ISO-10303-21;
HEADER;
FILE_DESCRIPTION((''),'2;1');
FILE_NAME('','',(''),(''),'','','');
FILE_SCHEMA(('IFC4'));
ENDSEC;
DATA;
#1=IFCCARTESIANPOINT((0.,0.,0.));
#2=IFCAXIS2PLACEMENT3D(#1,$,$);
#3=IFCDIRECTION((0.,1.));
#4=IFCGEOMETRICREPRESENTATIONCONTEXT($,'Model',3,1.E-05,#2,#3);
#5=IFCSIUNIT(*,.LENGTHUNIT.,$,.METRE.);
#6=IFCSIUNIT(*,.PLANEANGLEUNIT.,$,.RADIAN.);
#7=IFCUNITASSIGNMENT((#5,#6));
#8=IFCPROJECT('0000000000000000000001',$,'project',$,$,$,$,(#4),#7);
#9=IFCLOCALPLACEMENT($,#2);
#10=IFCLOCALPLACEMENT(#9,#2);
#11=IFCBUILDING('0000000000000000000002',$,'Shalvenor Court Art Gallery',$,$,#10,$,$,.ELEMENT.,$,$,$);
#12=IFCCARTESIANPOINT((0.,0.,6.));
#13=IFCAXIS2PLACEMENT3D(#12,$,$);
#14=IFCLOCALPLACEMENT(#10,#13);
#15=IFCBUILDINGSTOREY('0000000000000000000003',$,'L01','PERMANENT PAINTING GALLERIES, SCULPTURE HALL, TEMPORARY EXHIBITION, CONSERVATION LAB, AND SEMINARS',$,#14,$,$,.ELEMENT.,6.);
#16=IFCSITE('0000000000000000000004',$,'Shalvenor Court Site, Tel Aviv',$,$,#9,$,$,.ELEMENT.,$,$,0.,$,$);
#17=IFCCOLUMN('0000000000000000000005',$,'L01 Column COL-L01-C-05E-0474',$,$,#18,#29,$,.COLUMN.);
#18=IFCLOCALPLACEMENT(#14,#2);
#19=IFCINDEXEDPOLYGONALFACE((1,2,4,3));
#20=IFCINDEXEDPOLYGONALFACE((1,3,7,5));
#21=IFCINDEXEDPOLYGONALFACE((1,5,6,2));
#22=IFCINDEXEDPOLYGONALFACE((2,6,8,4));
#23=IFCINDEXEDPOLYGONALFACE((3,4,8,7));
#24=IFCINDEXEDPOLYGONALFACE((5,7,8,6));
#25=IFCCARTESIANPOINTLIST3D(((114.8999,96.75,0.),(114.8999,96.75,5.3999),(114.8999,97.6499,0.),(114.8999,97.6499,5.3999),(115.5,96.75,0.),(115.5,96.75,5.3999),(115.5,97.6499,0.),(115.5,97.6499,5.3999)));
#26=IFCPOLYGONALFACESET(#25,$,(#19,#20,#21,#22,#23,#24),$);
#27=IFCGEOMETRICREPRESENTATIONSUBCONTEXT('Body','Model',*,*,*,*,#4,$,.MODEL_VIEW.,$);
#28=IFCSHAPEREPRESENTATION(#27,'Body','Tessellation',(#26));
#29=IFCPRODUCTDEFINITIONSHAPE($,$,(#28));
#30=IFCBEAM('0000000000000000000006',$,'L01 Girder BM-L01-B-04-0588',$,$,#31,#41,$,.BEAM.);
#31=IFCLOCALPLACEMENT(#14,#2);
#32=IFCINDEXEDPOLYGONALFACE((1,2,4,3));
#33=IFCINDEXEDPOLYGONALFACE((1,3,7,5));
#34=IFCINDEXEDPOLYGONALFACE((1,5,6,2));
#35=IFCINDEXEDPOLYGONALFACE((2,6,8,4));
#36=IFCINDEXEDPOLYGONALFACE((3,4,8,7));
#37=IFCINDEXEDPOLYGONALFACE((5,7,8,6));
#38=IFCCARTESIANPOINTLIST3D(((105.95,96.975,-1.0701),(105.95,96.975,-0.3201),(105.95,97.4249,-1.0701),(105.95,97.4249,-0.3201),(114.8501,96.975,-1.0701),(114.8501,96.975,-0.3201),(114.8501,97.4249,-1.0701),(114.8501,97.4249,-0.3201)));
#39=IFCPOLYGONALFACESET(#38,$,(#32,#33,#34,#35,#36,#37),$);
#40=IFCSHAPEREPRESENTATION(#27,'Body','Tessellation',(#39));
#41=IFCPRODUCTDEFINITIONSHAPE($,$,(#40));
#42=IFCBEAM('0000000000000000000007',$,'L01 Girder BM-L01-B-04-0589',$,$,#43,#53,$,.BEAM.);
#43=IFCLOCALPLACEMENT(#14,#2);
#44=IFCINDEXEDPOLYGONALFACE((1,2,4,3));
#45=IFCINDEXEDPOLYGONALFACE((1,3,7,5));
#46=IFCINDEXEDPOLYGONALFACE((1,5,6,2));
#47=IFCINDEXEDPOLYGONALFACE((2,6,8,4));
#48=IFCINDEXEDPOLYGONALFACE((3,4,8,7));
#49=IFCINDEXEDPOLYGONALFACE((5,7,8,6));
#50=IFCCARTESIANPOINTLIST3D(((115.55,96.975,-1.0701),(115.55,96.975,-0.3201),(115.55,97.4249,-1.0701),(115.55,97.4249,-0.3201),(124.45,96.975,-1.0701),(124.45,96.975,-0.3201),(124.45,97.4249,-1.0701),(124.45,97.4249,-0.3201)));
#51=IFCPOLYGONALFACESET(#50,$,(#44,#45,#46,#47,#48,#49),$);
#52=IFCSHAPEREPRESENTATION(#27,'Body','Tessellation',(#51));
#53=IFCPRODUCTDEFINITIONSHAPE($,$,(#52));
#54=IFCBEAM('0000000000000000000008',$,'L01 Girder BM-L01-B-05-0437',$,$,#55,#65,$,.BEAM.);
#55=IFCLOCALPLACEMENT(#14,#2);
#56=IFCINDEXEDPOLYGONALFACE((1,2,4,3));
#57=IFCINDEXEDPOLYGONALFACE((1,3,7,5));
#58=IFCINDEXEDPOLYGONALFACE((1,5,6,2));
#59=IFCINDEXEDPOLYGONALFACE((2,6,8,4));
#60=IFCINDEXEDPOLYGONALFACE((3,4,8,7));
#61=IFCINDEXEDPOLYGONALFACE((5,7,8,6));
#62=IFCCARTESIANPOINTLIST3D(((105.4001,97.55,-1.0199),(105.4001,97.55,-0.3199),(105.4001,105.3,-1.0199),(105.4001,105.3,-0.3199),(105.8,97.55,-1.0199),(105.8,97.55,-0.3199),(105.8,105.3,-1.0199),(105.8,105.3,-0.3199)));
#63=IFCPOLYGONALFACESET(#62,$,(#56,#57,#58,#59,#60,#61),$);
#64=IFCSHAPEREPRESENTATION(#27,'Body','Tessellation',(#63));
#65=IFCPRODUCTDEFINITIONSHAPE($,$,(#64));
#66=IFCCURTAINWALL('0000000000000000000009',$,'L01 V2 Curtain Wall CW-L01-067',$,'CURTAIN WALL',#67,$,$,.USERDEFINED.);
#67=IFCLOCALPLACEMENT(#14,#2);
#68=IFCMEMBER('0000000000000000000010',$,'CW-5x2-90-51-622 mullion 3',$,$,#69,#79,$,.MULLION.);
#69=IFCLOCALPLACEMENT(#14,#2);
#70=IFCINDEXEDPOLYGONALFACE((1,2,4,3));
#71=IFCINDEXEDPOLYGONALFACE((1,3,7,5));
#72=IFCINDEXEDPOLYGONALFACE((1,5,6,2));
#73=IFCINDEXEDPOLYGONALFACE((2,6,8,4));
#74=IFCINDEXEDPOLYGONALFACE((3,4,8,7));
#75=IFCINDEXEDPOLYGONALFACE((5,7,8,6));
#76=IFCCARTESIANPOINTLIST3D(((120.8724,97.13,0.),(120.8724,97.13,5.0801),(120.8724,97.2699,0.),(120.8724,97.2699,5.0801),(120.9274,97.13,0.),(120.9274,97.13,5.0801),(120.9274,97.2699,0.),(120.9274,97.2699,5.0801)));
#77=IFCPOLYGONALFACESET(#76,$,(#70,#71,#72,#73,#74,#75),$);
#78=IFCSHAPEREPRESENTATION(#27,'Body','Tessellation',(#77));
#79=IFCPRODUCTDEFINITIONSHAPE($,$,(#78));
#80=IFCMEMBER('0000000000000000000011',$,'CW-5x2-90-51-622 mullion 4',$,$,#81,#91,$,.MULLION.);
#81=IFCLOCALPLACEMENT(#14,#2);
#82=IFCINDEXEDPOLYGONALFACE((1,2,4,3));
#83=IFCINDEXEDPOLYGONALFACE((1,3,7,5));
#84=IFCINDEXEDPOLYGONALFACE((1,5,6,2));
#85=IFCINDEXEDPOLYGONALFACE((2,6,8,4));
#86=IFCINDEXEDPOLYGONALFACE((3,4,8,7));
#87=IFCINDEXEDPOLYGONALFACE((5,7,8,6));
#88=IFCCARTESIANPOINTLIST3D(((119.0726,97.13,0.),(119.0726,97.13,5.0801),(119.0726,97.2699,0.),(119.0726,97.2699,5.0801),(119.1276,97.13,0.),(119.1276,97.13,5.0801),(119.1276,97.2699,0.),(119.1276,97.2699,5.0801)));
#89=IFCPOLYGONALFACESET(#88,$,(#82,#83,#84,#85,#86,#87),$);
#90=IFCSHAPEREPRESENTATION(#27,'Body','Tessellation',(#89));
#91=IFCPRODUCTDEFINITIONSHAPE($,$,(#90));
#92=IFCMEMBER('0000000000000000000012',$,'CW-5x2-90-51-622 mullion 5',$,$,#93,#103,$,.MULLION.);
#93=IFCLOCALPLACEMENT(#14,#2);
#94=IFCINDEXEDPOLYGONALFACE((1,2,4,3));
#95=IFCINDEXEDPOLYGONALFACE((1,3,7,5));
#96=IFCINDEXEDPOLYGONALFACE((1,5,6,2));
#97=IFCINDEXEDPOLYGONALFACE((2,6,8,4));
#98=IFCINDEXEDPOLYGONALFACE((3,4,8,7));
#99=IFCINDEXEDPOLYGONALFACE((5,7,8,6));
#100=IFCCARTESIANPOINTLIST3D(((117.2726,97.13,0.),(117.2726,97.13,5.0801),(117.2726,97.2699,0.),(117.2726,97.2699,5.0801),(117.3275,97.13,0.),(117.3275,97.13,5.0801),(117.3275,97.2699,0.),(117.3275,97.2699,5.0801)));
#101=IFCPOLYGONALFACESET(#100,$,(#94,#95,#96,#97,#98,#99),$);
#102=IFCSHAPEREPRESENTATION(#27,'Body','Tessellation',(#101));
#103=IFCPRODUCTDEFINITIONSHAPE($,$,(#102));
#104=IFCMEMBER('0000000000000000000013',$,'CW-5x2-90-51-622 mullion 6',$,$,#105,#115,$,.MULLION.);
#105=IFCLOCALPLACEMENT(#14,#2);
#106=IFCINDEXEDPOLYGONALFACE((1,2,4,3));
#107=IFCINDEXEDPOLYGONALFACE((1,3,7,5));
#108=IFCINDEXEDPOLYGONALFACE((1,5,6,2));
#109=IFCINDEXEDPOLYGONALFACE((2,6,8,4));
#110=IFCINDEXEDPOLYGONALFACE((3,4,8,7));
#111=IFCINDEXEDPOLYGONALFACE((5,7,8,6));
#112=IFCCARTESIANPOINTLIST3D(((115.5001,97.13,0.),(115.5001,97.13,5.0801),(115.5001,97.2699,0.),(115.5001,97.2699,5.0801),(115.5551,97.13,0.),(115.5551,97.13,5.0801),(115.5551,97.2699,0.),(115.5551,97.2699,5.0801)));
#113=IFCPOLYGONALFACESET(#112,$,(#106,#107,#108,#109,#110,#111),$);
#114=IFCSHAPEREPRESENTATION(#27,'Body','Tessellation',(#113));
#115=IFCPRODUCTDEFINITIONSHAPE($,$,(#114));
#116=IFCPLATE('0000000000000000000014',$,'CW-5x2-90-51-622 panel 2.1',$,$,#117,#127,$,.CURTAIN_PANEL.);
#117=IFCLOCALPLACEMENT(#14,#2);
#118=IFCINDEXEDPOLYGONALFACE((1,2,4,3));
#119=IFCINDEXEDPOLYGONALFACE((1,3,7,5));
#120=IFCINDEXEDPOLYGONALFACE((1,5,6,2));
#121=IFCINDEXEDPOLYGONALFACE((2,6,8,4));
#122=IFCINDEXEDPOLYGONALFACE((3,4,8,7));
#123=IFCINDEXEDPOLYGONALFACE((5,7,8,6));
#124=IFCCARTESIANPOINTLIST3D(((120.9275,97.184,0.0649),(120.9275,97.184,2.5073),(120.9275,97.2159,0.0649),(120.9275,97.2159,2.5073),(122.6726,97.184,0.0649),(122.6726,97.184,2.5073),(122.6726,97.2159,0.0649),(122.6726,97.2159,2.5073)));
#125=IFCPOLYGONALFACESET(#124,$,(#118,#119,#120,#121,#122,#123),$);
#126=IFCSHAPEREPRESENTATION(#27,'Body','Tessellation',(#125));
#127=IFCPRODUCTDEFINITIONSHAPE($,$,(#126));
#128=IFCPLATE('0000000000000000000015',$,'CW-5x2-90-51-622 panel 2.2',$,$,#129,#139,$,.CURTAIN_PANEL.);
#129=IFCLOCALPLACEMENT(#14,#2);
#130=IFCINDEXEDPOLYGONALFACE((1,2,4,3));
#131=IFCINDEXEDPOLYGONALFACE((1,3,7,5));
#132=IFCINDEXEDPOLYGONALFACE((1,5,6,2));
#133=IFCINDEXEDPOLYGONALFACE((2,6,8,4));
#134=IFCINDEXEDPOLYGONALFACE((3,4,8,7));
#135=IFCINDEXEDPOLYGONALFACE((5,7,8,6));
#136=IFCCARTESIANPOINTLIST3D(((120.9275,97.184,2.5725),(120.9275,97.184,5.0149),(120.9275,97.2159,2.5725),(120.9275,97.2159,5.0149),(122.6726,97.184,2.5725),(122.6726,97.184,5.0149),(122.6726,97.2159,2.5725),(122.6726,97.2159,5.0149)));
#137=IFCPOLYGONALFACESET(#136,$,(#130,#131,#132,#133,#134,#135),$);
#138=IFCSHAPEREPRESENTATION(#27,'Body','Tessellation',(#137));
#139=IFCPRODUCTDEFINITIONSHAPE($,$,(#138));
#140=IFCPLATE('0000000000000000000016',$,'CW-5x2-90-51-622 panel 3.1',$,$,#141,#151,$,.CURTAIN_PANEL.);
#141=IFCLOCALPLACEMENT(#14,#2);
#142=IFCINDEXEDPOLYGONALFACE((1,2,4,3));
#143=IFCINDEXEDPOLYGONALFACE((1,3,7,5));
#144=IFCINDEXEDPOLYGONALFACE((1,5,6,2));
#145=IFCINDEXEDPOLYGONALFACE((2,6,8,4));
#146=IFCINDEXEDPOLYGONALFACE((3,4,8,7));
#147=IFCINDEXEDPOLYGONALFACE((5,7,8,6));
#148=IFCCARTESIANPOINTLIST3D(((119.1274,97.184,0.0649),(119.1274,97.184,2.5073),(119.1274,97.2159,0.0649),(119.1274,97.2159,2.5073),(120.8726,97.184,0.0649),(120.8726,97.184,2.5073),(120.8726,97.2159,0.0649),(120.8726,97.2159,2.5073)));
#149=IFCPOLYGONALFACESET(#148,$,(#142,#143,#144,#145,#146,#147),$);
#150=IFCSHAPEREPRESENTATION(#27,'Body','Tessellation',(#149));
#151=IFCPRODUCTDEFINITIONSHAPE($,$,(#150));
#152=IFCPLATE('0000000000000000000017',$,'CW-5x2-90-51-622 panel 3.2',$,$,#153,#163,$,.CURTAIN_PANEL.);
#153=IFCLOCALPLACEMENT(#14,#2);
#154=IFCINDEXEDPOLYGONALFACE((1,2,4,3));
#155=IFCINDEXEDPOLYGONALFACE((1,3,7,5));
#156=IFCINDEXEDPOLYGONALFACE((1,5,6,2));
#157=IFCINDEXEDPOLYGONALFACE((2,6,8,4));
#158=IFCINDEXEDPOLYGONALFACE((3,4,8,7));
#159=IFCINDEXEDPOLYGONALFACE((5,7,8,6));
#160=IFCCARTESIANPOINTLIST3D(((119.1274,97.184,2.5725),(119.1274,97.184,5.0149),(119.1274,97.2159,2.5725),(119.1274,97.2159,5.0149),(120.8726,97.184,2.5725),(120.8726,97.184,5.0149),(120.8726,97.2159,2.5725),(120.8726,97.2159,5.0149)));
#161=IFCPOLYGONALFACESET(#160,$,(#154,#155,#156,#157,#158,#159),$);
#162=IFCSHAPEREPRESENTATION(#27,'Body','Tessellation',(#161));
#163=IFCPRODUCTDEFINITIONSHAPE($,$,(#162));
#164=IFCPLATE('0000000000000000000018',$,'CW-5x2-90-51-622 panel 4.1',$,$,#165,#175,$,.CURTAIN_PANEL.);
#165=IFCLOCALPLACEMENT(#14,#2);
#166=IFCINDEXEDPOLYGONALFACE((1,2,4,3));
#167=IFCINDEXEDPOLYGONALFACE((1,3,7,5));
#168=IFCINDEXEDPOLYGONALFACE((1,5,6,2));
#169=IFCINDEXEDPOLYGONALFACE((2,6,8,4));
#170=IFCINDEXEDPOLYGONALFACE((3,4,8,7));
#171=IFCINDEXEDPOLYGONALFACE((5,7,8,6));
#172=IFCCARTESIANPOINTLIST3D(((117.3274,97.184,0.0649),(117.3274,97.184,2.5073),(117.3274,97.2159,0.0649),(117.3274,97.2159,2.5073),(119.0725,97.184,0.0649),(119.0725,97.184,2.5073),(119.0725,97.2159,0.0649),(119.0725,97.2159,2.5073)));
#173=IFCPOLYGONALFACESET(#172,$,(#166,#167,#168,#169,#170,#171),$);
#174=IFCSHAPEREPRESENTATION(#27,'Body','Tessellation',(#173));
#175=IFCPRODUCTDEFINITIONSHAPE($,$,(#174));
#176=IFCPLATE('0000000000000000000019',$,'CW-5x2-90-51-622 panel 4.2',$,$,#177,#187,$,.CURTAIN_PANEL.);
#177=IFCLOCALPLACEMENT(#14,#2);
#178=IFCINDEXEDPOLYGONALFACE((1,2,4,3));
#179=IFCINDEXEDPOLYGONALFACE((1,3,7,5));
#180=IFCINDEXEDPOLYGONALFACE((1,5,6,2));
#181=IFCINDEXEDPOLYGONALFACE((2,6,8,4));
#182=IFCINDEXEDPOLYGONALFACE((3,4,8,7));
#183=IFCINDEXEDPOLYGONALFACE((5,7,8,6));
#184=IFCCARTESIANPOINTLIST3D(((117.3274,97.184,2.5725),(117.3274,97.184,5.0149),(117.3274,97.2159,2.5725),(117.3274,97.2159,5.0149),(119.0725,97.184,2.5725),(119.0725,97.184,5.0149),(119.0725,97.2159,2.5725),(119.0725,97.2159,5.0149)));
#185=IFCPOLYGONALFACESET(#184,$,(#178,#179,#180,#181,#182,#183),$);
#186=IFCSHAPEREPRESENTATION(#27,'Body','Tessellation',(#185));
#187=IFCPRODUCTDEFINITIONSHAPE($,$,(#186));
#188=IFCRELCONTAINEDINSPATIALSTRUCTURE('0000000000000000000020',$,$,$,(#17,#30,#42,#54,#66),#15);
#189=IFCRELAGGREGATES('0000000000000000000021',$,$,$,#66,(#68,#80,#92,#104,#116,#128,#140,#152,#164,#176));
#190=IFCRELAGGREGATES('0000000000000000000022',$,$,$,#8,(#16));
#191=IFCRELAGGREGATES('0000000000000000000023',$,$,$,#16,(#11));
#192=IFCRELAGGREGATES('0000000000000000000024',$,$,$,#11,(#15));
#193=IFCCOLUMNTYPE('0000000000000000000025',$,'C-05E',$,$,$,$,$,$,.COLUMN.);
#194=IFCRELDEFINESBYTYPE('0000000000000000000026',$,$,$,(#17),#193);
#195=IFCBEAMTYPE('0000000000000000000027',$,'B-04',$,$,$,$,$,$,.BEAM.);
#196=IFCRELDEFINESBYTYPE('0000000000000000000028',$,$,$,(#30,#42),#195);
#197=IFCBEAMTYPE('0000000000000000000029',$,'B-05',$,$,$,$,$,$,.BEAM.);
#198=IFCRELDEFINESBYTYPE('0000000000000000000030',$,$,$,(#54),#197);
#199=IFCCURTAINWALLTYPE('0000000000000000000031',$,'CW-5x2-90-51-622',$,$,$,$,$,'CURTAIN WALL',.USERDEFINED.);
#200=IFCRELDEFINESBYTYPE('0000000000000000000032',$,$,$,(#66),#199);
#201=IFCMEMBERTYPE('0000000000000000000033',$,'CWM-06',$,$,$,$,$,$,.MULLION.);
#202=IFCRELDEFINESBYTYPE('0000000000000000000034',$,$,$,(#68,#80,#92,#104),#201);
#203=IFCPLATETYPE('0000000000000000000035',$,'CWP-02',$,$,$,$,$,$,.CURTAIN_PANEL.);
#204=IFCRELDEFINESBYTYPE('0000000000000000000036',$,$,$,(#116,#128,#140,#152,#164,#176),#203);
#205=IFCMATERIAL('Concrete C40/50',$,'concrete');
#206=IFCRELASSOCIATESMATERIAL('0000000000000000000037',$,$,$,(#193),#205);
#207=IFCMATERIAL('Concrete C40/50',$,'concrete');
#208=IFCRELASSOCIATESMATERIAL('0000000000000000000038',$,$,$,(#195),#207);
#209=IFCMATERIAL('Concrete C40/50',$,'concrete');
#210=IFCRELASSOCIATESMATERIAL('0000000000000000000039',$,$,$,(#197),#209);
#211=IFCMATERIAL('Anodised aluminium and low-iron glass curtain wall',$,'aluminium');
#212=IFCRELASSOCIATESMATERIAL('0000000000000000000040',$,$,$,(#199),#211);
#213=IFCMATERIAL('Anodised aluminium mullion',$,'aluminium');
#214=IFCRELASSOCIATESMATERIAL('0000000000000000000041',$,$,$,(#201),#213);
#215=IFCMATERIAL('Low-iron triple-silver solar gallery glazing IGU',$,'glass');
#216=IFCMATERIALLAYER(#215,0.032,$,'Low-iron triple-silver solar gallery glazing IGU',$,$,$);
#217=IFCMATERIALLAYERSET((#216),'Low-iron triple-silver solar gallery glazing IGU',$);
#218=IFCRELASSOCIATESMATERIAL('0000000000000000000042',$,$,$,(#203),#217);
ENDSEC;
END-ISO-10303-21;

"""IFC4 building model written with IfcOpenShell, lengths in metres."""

from ifc_helpers import new_model, si_unit, direction, frame, origin, origin_2d, place, context, subcontext, project, spatial, rectangle, extrude, material, layer, layer_set, material_profile, profile_set, type_object, element, aggregate, save


model = new_model("IFC4")

# Units and contexts
model_context = context("Model", 3, precision=1e-05, world=origin(), true_north=direction((0.0, 1.0)))
body_context = subcontext(model_context, "Body", "Model", "MODEL_VIEW")
ifc_project = project(units=[si_unit("LENGTHUNIT", "METRE"), si_unit("PLANEANGLEUNIT", "RADIAN")], contexts=[model_context])

# Site, building, storey
site_placement = place(None, origin())
site = spatial("IfcSite", under=ifc_project, at=site_placement, Name="Shalvenor Court Site, Tel Aviv", CompositionType="ELEMENT", RefElevation=0.0)
building_placement = place(site_placement, origin())
building = spatial("IfcBuilding", under=site, at=building_placement, Name="Shalvenor Court Art Gallery", CompositionType="ELEMENT")
storey_placement = place(building_placement, frame((0.0, 0.0, 6.0)))
storey = spatial("IfcBuildingStorey", under=building, at=storey_placement, Name="L01", Description="PERMANENT PAINTING GALLERIES, SCULPTURE HALL, TEMPORARY EXHIBITION, CONSERVATION LAB, AND SEMINARS", CompositionType="ELEMENT", Elevation=6.0)

# Column
ifc_material_1 = material(Name="Concrete C40/50", Category="concrete")
ifc_material_profile_1 = material_profile(ifc_material_1, rectangle(XDim=0.6001, YDim=0.8999, at=origin_2d()), Name="RC 600x900")
ifc_profile_set_1 = profile_set([ifc_material_profile_1], Name="Concrete C40/50")
column_type = type_object("IfcColumnType", Name="C-05E", PredefinedType="COLUMN", material=ifc_profile_set_1)
column_placement = place(storey_placement, frame((115.2, 97.2, 0.0), z_axis=(0.0, 0.0, 1.0), x_axis=(1.0, 0.0, 0.0)))
element("IfcColumn", 1, at=column_placement, inside=storey, type_object=column_type, Name="L01 Column COL-L01-C-05E-0474", PredefinedType="COLUMN", context=body_context, shape_type="SweptSolid", body=[
    extrude(rectangle(XDim=0.6001, YDim=0.8999, at=origin_2d()), origin(), (0.0, 0.0, 1.0), 5.3999),
])

# Beams
ifc_material_2 = material(Name="Concrete C40/50", Category="concrete")
ifc_material_profile_2 = material_profile(ifc_material_2, rectangle(XDim=0.45, YDim=0.75, at=origin_2d()), Name="RC 450x750")
ifc_profile_set_2 = profile_set([ifc_material_profile_2], Name="Concrete C40/50")
beam_type_1 = type_object("IfcBeamType", Name="B-04", PredefinedType="BEAM", material=ifc_profile_set_2)
beam_1_placement = place(storey_placement, frame((105.95, 97.2, -0.6951), z_axis=(1.0, 0.0, 0.0), x_axis=(0.0, 1.0, 0.0)))
element("IfcBeam", 2, at=beam_1_placement, inside=storey, type_object=beam_type_1, Name="L01 Girder BM-L01-B-04-0588", PredefinedType="BEAM", context=body_context, shape_type="SweptSolid", body=[
    extrude(rectangle(XDim=0.45, YDim=0.75, at=origin_2d()), origin(), (0.0, 0.0, 1.0), 8.9001),
])
beam_2_placement = place(storey_placement, frame((115.55, 97.2, -0.6951), z_axis=(1.0, 0.0, 0.0), x_axis=(0.0, 1.0, 0.0)))
element("IfcBeam", 3, at=beam_2_placement, inside=storey, type_object=beam_type_1, Name="L01 Girder BM-L01-B-04-0589", PredefinedType="BEAM", context=body_context, shape_type="SweptSolid", body=[
    extrude(rectangle(XDim=0.45, YDim=0.75, at=origin_2d()), origin(), (0.0, 0.0, 1.0), 8.8999),
])
ifc_material_3 = material(Name="Concrete C40/50", Category="concrete")
ifc_material_profile_3 = material_profile(ifc_material_3, rectangle(XDim=0.3999, YDim=0.7, at=origin_2d()), Name="RC 400x700")
ifc_profile_set_3 = profile_set([ifc_material_profile_3], Name="Concrete C40/50")
beam_type_2 = type_object("IfcBeamType", Name="B-05", PredefinedType="BEAM", material=ifc_profile_set_3)
beam_3_placement = place(storey_placement, frame((105.6001, 97.55, -0.6699), z_axis=(0.0, 1.0, 0.0), x_axis=(-1.0, 0.0, 0.0)))
element("IfcBeam", 4, at=beam_3_placement, inside=storey, type_object=beam_type_2, Name="L01 Girder BM-L01-B-05-0437", PredefinedType="BEAM", context=body_context, shape_type="SweptSolid", body=[
    extrude(rectangle(XDim=0.3999, YDim=0.7, at=origin_2d()), origin(), (0.0, 0.0, 1.0), 7.75),
])

# Curtain wall, members, plates
ifc_material_4 = material(Name="Anodised aluminium and low-iron glass curtain wall", Category="aluminium")
curtain_wall_type = type_object("IfcCurtainWallType", Name="CW-5x2-90-51-622", ElementType="CURTAIN WALL", PredefinedType="USERDEFINED", material=ifc_material_4)
curtain_wall_placement = place(storey_placement, origin())
curtain_wall = element("IfcCurtainWall", 5, at=curtain_wall_placement, inside=storey, type_object=curtain_wall_type, Name="L01 V2 Curtain Wall CW-L01-067", ObjectType="CURTAIN WALL", PredefinedType="USERDEFINED")
ifc_material_5 = material(Name="Anodised aluminium mullion", Category="aluminium")
ifc_material_profile_4 = material_profile(ifc_material_5, rectangle(XDim=0.0549, YDim=0.1399, at=origin_2d()), Name="CWM-06")
ifc_profile_set_4 = profile_set([ifc_material_profile_4], Name="Anodised aluminium mullion")
member_type = type_object("IfcMemberType", Name="CWM-06", PredefinedType="MULLION", material=ifc_profile_set_4)
member_1_placement = place(storey_placement, frame((120.8999, 97.2, 0.0), z_axis=(0.0, 0.0, 1.0), x_axis=(-1.0, 0.0, 0.0)))
member_1 = element("IfcMember", 6, at=member_1_placement, type_object=member_type, Name="CW-5x2-90-51-622 mullion 3", PredefinedType="MULLION", context=body_context, shape_type="SweptSolid", body=[
    extrude(rectangle(XDim=0.0549, YDim=0.1399, at=origin_2d()), origin(), (0.0, 0.0, 1.0), 5.0801),
])
member_2_placement = place(storey_placement, frame((119.1001, 97.2, 0.0), z_axis=(0.0, 0.0, 1.0), x_axis=(-1.0, 0.0, 0.0)))
member_2 = element("IfcMember", 7, at=member_2_placement, type_object=member_type, Name="CW-5x2-90-51-622 mullion 4", PredefinedType="MULLION", context=body_context, shape_type="SweptSolid", body=[
    extrude(rectangle(XDim=0.0549, YDim=0.1399, at=origin_2d()), origin(), (0.0, 0.0, 1.0), 5.0801),
])
member_3_placement = place(storey_placement, frame((117.3, 97.2, 0.0), z_axis=(0.0, 0.0, 1.0), x_axis=(-1.0, 0.0, 0.0)))
member_3 = element("IfcMember", 8, at=member_3_placement, type_object=member_type, Name="CW-5x2-90-51-622 mullion 5", PredefinedType="MULLION", context=body_context, shape_type="SweptSolid", body=[
    extrude(rectangle(XDim=0.0549, YDim=0.1399, at=origin_2d()), origin(), (0.0, 0.0, 1.0), 5.0801),
])
member_4_placement = place(storey_placement, frame((115.5276, 97.2, 0.0), z_axis=(0.0, 0.0, 1.0), x_axis=(-1.0, 0.0, 0.0)))
member_4 = element("IfcMember", 9, at=member_4_placement, type_object=member_type, Name="CW-5x2-90-51-622 mullion 6", PredefinedType="MULLION", context=body_context, shape_type="SweptSolid", body=[
    extrude(rectangle(XDim=0.0549, YDim=0.1399, at=origin_2d()), origin(), (0.0, 0.0, 1.0), 5.0801),
])
ifc_material_6 = material(Name="Low-iron triple-silver solar gallery glazing IGU", Category="glass")
ifc_layer_1 = layer(ifc_material_6, 0.032, Name="Low-iron triple-silver solar gallery glazing IGU")
ifc_layer_set_1 = layer_set([ifc_layer_1], Name="Low-iron triple-silver solar gallery glazing IGU")
plate_type_1 = type_object("IfcPlateType", Name="CWP-02", PredefinedType="CURTAIN_PANEL", material=ifc_layer_set_1)
plate_1_placement = place(storey_placement, frame((121.8, 97.2, 0.0649), z_axis=(0.0, 0.0, 1.0), x_axis=(-1.0, 0.0, 0.0)))
plate_1 = element("IfcPlate", 10, at=plate_1_placement, type_object=plate_type_1, Name="CW-5x2-90-51-622 panel 2.1", PredefinedType="CURTAIN_PANEL", context=body_context, shape_type="SweptSolid", body=[
    extrude(rectangle(XDim=1.7451, YDim=0.032, at=origin_2d()), origin(), (0.0, 0.0, 1.0), 2.4424),
])
plate_2_placement = place(storey_placement, frame((121.8, 97.2, 2.5725), z_axis=(0.0, 0.0, 1.0), x_axis=(-1.0, 0.0, 0.0)))
plate_2 = element("IfcPlate", 11, at=plate_2_placement, type_object=plate_type_1, Name="CW-5x2-90-51-622 panel 2.2", PredefinedType="CURTAIN_PANEL", context=body_context, shape_type="SweptSolid", body=[
    extrude(rectangle(XDim=1.7451, YDim=0.032, at=origin_2d()), origin(), (0.0, 0.0, 1.0), 2.4424),
])
plate_3_placement = place(storey_placement, frame((120.0, 97.2, 0.0649), z_axis=(0.0, 0.0, 1.0), x_axis=(-1.0, 0.0, 0.0)))
plate_3 = element("IfcPlate", 12, at=plate_3_placement, type_object=plate_type_1, Name="CW-5x2-90-51-622 panel 3.1", PredefinedType="CURTAIN_PANEL", context=body_context, shape_type="SweptSolid", body=[
    extrude(rectangle(XDim=1.7451, YDim=0.032, at=origin_2d()), origin(), (0.0, 0.0, 1.0), 2.4424),
])
plate_4_placement = place(storey_placement, frame((120.0, 97.2, 2.5725), z_axis=(0.0, 0.0, 1.0), x_axis=(-1.0, 0.0, 0.0)))
plate_4 = element("IfcPlate", 13, at=plate_4_placement, type_object=plate_type_1, Name="CW-5x2-90-51-622 panel 3.2", PredefinedType="CURTAIN_PANEL", context=body_context, shape_type="SweptSolid", body=[
    extrude(rectangle(XDim=1.7451, YDim=0.032, at=origin_2d()), origin(), (0.0, 0.0, 1.0), 2.4424),
])
plate_5_placement = place(storey_placement, frame((118.2, 97.2, 0.0649), z_axis=(0.0, 0.0, 1.0), x_axis=(-1.0, 0.0, 0.0)))
plate_5 = element("IfcPlate", 14, at=plate_5_placement, type_object=plate_type_1, Name="CW-5x2-90-51-622 panel 4.1", PredefinedType="CURTAIN_PANEL", context=body_context, shape_type="SweptSolid", body=[
    extrude(rectangle(XDim=1.7451, YDim=0.032, at=origin_2d()), origin(), (0.0, 0.0, 1.0), 2.4424),
])
plate_6_placement = place(storey_placement, frame((118.2, 97.2, 2.5725), z_axis=(0.0, 0.0, 1.0), x_axis=(-1.0, 0.0, 0.0)))
plate_6 = element("IfcPlate", 15, at=plate_6_placement, type_object=plate_type_1, Name="CW-5x2-90-51-622 panel 4.2", PredefinedType="CURTAIN_PANEL", context=body_context, shape_type="SweptSolid", body=[
    extrude(rectangle(XDim=1.7451, YDim=0.032, at=origin_2d()), origin(), (0.0, 0.0, 1.0), 2.4424),
])
aggregate(curtain_wall, [member_1, member_2, member_3, member_4, plate_1, plate_2, plate_3, plate_4, plate_5, plate_6])

save(model, "model.ifc")
